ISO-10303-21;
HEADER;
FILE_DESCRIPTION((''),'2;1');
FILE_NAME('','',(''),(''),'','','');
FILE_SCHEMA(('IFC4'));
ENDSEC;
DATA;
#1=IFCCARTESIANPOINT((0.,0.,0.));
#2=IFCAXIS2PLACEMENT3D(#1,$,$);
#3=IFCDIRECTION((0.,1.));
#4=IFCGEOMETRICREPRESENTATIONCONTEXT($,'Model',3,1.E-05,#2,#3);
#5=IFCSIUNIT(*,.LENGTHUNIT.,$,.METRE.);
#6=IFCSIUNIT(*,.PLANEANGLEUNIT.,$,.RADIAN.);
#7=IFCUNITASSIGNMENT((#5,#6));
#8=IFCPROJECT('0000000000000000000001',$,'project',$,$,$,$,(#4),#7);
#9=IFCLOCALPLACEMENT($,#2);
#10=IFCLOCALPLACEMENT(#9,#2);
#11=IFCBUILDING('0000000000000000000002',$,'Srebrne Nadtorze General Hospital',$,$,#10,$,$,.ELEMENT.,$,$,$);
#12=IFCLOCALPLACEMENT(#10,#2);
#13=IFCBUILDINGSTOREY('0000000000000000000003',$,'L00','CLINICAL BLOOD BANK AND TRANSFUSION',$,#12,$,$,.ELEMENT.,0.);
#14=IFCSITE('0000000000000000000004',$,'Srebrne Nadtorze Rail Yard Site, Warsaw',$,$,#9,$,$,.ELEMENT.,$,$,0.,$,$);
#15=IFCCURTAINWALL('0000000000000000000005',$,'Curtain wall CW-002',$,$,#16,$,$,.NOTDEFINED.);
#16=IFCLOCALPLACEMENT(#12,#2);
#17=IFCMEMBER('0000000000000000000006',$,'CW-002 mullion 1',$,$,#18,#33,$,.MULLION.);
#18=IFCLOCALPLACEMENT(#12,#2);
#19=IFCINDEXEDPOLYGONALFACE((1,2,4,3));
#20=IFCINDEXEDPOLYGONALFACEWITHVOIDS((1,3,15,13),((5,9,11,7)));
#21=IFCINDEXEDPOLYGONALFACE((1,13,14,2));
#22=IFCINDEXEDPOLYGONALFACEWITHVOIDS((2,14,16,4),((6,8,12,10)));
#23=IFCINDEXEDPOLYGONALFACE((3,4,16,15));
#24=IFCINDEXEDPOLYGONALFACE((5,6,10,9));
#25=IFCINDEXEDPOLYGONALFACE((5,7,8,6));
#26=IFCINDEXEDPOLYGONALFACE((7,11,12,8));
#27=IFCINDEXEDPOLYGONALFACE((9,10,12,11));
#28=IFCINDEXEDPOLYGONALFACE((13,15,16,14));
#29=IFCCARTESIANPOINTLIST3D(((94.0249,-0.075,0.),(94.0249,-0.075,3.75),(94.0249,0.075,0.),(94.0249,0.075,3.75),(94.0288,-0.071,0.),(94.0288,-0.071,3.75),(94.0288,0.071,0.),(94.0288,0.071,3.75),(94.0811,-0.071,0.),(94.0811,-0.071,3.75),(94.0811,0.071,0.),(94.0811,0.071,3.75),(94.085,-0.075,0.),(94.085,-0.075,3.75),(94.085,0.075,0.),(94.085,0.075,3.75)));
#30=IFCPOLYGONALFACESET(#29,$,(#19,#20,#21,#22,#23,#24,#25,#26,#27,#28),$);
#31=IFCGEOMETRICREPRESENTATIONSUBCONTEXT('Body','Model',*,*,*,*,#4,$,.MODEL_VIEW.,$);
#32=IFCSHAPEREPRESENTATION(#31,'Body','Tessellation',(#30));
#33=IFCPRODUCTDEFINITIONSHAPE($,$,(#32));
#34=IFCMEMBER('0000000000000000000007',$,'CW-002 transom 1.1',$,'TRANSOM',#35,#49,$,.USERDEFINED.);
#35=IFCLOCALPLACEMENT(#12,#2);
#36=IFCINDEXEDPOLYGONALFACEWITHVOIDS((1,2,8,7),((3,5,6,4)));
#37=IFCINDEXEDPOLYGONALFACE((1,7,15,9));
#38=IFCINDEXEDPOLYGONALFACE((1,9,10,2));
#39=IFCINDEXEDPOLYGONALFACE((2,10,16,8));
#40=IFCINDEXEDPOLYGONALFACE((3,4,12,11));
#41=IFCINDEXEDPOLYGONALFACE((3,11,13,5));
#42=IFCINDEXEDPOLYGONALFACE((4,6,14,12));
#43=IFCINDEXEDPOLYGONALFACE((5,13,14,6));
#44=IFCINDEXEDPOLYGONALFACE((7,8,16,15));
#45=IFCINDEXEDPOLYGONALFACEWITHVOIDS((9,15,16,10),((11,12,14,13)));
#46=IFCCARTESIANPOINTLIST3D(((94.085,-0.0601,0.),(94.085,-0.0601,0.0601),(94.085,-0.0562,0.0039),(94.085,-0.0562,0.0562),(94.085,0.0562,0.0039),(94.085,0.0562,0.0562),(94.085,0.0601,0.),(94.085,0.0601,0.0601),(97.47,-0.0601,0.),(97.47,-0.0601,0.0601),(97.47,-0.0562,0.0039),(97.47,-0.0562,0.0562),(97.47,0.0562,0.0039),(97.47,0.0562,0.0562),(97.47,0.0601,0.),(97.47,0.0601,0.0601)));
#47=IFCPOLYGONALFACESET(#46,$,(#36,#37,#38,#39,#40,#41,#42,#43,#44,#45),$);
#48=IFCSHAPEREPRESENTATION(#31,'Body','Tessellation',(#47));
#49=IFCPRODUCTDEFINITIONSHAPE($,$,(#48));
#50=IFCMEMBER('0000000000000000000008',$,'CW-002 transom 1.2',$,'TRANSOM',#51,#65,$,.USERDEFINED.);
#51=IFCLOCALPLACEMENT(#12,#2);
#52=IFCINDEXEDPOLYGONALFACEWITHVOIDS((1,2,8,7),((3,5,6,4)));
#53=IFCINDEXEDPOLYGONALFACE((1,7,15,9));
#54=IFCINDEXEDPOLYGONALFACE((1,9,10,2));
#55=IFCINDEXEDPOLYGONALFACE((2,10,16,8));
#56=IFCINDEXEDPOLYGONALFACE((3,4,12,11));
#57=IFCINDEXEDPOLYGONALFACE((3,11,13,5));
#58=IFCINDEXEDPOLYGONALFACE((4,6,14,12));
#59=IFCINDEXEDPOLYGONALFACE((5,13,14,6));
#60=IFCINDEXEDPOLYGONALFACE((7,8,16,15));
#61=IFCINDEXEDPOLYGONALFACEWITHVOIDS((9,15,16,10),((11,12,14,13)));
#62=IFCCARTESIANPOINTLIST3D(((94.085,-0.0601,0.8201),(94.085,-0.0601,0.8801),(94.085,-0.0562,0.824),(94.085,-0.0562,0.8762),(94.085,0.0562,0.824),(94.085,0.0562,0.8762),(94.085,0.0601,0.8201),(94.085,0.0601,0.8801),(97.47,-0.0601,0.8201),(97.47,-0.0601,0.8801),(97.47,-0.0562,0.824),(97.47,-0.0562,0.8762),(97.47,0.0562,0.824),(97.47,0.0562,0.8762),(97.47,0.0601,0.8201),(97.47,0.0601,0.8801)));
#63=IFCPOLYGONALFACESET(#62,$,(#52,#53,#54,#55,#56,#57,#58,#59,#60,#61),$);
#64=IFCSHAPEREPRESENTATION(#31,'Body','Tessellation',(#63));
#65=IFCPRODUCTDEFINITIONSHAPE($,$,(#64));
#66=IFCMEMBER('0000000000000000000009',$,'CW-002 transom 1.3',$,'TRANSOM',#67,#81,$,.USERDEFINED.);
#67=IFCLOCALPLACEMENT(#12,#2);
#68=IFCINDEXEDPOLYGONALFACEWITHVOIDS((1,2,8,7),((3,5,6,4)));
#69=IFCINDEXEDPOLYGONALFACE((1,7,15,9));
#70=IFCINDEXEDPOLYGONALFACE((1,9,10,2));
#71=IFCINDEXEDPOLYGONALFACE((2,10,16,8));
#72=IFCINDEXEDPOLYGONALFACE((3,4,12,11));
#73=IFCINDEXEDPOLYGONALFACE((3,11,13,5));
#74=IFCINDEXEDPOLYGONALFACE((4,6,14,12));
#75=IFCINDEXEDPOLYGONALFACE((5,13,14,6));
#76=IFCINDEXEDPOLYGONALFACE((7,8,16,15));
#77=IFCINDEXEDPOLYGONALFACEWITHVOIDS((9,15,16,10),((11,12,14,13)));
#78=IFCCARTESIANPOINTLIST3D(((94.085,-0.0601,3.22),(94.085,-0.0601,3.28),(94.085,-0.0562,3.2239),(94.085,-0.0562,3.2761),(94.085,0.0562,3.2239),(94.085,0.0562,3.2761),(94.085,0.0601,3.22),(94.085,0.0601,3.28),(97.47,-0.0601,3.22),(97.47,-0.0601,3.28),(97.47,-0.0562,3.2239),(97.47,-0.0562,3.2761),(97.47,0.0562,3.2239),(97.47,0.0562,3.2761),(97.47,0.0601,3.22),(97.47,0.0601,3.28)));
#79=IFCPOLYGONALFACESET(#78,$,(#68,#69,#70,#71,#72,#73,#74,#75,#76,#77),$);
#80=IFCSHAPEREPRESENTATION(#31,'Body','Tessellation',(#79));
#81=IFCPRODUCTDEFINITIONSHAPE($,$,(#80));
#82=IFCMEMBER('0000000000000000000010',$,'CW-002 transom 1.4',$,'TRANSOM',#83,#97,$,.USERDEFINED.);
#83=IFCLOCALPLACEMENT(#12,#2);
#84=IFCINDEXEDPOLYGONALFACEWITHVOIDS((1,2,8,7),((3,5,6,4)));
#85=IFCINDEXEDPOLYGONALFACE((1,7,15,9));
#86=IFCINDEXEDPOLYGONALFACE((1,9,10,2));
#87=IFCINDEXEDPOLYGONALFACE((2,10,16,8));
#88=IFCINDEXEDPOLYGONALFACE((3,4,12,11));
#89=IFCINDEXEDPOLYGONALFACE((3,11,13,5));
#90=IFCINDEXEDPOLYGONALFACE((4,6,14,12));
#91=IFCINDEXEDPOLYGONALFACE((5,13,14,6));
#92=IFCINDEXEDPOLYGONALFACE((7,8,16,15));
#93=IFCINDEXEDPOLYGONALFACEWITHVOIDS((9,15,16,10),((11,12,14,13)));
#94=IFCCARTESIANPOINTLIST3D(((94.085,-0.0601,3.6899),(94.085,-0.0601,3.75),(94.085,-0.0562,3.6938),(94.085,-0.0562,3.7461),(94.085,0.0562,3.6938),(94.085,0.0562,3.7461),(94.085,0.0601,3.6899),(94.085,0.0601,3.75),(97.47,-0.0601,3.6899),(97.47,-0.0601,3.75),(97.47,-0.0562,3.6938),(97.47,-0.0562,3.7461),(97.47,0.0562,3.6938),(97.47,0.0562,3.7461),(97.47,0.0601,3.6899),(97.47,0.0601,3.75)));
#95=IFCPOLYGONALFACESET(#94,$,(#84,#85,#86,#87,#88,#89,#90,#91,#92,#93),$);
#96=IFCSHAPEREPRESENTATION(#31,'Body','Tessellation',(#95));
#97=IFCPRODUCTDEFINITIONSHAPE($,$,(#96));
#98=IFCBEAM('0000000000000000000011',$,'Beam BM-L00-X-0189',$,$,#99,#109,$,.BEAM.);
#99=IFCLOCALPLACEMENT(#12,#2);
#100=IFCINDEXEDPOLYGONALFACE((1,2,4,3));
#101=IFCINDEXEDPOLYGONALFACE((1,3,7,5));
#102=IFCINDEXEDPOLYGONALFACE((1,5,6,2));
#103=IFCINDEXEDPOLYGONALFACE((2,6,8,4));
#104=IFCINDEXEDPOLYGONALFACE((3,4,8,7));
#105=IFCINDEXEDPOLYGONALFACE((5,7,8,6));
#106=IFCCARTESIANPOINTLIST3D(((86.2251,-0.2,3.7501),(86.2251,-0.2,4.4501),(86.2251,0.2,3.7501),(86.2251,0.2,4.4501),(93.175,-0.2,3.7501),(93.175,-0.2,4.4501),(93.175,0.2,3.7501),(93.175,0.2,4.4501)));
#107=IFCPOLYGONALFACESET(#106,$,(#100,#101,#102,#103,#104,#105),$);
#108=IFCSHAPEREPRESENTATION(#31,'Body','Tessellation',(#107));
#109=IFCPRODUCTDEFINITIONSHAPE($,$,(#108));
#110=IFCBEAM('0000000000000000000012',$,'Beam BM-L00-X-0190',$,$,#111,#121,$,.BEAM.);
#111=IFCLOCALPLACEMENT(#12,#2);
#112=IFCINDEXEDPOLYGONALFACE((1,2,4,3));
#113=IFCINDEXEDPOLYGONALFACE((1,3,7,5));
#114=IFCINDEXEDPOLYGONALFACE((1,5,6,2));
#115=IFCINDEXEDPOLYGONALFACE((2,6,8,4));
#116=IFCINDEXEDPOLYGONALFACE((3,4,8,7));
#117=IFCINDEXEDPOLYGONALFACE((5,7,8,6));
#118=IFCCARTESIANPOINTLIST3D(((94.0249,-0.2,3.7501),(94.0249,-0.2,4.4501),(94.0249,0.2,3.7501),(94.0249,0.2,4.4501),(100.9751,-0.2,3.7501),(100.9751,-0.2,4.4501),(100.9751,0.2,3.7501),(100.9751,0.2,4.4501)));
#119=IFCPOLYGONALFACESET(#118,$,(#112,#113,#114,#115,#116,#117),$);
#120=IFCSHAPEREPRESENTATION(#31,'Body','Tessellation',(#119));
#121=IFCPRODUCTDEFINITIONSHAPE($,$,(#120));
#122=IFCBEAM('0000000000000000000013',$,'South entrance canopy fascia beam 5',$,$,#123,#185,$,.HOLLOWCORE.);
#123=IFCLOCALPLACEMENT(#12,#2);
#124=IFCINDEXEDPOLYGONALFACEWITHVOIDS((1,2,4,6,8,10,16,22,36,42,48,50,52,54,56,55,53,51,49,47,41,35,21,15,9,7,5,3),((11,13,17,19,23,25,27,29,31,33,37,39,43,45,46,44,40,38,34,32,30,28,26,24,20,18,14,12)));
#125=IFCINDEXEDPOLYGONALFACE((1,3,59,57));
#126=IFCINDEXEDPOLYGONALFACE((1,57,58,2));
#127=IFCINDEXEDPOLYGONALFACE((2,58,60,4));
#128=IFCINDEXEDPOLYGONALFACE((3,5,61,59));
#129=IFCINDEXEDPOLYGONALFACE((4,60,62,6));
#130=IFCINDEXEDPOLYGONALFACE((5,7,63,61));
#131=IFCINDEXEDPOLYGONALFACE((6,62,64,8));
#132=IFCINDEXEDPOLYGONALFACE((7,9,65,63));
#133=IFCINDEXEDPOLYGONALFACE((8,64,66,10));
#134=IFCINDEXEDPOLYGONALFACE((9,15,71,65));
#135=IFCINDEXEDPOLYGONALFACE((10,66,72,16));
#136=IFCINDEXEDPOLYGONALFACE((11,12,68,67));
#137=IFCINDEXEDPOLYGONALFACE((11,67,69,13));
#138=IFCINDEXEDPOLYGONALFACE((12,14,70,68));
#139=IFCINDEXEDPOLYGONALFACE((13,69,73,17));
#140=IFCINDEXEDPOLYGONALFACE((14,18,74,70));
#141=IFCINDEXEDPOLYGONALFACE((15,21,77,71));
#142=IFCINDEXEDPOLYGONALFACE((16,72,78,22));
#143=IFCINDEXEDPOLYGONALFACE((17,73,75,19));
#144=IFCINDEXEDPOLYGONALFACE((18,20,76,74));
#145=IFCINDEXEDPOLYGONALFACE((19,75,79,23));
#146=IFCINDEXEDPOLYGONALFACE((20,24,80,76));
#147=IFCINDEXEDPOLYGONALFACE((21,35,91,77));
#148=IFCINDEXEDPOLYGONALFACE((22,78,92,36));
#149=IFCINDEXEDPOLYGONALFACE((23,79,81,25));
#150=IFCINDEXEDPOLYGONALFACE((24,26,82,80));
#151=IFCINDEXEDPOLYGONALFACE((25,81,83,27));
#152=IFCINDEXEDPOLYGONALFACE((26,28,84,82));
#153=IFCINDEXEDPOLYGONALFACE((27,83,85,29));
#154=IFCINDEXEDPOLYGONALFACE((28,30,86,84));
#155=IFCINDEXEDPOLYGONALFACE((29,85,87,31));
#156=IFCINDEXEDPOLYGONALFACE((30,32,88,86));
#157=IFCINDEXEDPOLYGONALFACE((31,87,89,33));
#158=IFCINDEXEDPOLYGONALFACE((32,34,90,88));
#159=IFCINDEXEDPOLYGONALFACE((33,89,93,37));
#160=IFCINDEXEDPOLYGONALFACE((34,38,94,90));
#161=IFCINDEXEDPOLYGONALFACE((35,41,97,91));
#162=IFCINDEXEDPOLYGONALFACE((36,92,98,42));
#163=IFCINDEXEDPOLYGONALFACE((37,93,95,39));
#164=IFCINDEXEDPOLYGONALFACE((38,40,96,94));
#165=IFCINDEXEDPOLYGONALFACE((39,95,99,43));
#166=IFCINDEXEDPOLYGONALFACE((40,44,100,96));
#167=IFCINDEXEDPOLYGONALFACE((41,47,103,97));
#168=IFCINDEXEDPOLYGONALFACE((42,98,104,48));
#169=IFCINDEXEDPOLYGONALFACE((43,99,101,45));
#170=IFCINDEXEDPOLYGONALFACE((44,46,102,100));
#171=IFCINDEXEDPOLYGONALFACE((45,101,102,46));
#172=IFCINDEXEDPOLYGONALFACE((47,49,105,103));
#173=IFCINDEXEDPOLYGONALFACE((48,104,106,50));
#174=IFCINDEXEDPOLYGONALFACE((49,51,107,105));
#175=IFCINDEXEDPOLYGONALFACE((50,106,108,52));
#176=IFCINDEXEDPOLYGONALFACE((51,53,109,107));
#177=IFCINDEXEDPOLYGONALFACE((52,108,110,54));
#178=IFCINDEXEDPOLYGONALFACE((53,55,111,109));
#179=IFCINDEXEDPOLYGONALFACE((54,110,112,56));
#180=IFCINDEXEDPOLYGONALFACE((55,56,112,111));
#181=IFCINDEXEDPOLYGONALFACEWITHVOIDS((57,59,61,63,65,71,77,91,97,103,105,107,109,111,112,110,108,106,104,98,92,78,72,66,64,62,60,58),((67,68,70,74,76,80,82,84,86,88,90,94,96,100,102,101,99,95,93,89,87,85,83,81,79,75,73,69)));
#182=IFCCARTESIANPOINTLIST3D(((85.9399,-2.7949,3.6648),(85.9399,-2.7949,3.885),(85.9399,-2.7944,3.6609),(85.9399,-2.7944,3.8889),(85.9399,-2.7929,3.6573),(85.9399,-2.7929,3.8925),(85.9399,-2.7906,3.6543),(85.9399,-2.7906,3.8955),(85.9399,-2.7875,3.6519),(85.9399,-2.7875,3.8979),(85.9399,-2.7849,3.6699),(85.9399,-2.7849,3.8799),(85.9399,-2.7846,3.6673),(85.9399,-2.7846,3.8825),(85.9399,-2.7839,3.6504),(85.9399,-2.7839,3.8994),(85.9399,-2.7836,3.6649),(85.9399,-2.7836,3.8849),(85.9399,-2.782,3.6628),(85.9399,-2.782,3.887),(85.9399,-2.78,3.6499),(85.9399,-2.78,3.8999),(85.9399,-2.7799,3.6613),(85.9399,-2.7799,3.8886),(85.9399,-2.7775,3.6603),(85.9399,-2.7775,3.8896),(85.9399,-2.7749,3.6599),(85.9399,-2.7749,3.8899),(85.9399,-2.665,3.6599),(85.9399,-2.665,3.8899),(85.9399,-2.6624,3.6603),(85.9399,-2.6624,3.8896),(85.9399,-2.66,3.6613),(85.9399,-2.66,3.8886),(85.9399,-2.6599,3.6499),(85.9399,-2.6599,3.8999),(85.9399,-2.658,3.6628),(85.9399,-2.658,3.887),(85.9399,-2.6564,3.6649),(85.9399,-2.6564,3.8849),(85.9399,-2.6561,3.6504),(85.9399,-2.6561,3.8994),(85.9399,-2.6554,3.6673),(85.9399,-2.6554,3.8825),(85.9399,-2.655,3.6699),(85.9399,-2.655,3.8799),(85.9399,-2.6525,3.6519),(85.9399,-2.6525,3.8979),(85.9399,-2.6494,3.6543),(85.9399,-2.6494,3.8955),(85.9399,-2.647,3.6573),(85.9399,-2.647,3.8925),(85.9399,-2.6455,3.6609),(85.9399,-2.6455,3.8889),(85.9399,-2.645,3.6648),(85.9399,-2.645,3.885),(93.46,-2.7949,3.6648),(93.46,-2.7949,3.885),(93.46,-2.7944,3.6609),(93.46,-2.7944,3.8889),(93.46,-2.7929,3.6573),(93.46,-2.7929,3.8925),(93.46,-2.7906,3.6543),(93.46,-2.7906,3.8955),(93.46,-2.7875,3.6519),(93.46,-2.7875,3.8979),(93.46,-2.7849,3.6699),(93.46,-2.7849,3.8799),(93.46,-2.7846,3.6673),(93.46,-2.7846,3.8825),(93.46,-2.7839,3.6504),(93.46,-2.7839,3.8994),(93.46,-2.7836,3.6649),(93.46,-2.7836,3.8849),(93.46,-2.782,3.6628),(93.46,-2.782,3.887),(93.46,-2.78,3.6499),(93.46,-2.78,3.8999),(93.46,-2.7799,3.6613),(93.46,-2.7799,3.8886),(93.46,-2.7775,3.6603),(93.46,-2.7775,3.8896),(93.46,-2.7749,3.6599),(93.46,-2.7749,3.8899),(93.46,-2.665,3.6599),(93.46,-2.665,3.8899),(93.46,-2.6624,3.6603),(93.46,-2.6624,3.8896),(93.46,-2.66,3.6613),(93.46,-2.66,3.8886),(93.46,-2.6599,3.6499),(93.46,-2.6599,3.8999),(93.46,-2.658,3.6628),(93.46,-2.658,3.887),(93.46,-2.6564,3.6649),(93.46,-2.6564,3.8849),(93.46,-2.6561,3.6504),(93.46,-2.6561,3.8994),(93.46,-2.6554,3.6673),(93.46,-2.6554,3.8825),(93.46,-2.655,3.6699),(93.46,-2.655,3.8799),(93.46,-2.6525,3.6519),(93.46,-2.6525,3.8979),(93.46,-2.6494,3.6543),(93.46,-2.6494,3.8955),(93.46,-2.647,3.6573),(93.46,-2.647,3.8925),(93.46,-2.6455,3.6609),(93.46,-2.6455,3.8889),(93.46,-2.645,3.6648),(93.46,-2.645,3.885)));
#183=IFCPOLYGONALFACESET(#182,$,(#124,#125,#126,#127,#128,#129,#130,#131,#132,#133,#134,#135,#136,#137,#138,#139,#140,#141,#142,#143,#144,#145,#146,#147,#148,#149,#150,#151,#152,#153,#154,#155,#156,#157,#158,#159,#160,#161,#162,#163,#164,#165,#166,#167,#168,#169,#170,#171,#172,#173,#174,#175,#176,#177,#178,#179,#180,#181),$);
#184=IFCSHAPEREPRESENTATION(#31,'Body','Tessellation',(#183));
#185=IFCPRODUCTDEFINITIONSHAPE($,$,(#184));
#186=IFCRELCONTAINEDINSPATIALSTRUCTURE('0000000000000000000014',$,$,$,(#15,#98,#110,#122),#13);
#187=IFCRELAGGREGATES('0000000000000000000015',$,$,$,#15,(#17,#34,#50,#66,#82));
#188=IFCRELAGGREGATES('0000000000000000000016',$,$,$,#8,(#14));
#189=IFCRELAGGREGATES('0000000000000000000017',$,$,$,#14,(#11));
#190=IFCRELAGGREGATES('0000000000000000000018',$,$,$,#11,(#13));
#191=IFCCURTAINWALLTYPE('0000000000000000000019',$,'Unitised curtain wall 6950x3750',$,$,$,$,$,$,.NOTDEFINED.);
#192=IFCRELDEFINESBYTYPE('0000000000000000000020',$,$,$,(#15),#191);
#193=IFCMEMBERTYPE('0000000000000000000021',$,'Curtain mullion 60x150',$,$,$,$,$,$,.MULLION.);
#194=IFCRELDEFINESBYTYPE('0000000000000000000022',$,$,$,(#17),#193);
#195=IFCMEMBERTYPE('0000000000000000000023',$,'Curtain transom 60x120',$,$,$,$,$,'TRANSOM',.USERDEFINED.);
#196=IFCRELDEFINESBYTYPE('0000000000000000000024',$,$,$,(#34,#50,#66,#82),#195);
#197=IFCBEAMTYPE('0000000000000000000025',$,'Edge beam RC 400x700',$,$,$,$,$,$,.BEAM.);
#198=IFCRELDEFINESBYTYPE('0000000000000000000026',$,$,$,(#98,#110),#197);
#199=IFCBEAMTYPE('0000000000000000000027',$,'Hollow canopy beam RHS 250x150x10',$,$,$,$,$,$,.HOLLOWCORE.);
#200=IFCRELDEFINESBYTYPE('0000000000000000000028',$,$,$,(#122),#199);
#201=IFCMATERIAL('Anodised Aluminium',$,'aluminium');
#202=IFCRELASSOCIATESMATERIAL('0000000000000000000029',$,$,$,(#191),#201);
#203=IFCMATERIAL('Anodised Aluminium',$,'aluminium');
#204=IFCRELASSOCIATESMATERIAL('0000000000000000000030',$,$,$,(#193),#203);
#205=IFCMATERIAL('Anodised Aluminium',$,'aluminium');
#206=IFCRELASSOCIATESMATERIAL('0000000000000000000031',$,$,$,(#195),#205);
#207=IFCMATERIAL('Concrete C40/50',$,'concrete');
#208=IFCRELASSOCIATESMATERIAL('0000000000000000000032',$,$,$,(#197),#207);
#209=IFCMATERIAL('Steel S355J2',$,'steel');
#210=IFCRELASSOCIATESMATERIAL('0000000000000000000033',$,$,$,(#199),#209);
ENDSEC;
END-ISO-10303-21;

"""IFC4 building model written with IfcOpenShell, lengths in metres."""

from ifc_helpers import new_model, si_unit, direction, frame, origin, origin_2d, place, context, subcontext, project, spatial, rectangle, hollow_rectangle, extrude, material, material_profile, profile_set, type_object, element, aggregate, save


model = new_model("IFC4")

# Units and contexts
model_context = context("Model", 3, precision=1e-05, world=origin(), true_north=direction((0.0, 1.0)))
body_context = subcontext(model_context, "Body", "Model", "MODEL_VIEW")
ifc_project = project(units=[si_unit("LENGTHUNIT", "METRE"), si_unit("PLANEANGLEUNIT", "RADIAN")], contexts=[model_context])

# Site, building, storey
site_placement = place(None, origin())
site = spatial("IfcSite", under=ifc_project, at=site_placement, Name="Srebrne Nadtorze Rail Yard Site, Warsaw", CompositionType="ELEMENT", RefElevation=0.0)
building_placement = place(site_placement, origin())
building = spatial("IfcBuilding", under=site, at=building_placement, Name="Srebrne Nadtorze General Hospital", CompositionType="ELEMENT")
storey_placement = place(building_placement, origin())
storey = spatial("IfcBuildingStorey", under=building, at=storey_placement, Name="L00", Description="CLINICAL BLOOD BANK AND TRANSFUSION", CompositionType="ELEMENT", Elevation=0.0)

# Curtain wall, members
ifc_material_1 = material(Name="Anodised Aluminium", Category="aluminium")
curtain_wall_type = type_object("IfcCurtainWallType", Name="Unitised curtain wall 6950x3750", PredefinedType="NOTDEFINED", material=ifc_material_1)
curtain_wall_placement = place(storey_placement, origin())
curtain_wall = element("IfcCurtainWall", 1, at=curtain_wall_placement, inside=storey, type_object=curtain_wall_type, Name="Curtain wall CW-002", PredefinedType="NOTDEFINED")
ifc_material_2 = material(Name="Anodised Aluminium", Category="aluminium")
ifc_material_profile_1 = material_profile(ifc_material_2, hollow_rectangle(XDim=0.0601, YDim=0.1499, WallThickness=0.0039, at=origin_2d()), Name="AL-MUL-60x150")
ifc_profile_set_1 = profile_set([ifc_material_profile_1], Name="Anodised Aluminium")
member_type_1 = type_object("IfcMemberType", Name="Curtain mullion 60x150", PredefinedType="MULLION", material=ifc_profile_set_1)
member_1_placement = place(storey_placement, frame((94.0549, 0.0, 0.0), z_axis=(0.0, 0.0, 1.0), x_axis=(1.0, 0.0, 0.0)))
member_1 = element("IfcMember", 2, at=member_1_placement, type_object=member_type_1, Name="CW-002 mullion 1", PredefinedType="MULLION", context=body_context, shape_type="SweptSolid", body=[
    extrude(hollow_rectangle(XDim=0.0601, YDim=0.1499, WallThickness=0.0039, at=origin_2d()), origin(), (0.0, 0.0, 1.0), 3.75),
])
ifc_material_3 = material(Name="Anodised Aluminium", Category="aluminium")
ifc_material_profile_2 = material_profile(ifc_material_3, hollow_rectangle(XDim=0.0601, YDim=0.1201, WallThickness=0.0039, at=origin_2d()), Name="AL-TRN-60x120")
ifc_profile_set_2 = profile_set([ifc_material_profile_2], Name="Anodised Aluminium")
member_type_2 = type_object("IfcMemberType", Name="Curtain transom 60x120", ElementType="TRANSOM", PredefinedType="USERDEFINED", material=ifc_profile_set_2)
member_2_placement = place(storey_placement, frame((94.085, 0.0, 0.03), z_axis=(1.0, 0.0, 0.0), x_axis=(0.0, 0.0, 1.0)))
member_2 = element("IfcMember", 3, at=member_2_placement, type_object=member_type_2, Name="CW-002 transom 1.1", ObjectType="TRANSOM", PredefinedType="USERDEFINED", context=body_context, shape_type="SweptSolid", body=[
    extrude(hollow_rectangle(XDim=0.0601, YDim=0.1201, WallThickness=0.0039, at=origin_2d()), origin(), (0.0, 0.0, 1.0), 3.385),
])
member_3_placement = place(storey_placement, frame((94.085, 0.0, 0.8501), z_axis=(1.0, 0.0, 0.0), x_axis=(0.0, 0.0, 1.0)))
member_3 = element("IfcMember", 4, at=member_3_placement, type_object=member_type_2, Name="CW-002 transom 1.2", ObjectType="TRANSOM", PredefinedType="USERDEFINED", context=body_context, shape_type="SweptSolid", body=[
    extrude(hollow_rectangle(XDim=0.0601, YDim=0.1201, WallThickness=0.0039, at=origin_2d()), origin(), (0.0, 0.0, 1.0), 3.385),
])
member_4_placement = place(storey_placement, frame((94.085, 0.0, 3.25), z_axis=(1.0, 0.0, 0.0), x_axis=(0.0, 0.0, 1.0)))
member_4 = element("IfcMember", 5, at=member_4_placement, type_object=member_type_2, Name="CW-002 transom 1.3", ObjectType="TRANSOM", PredefinedType="USERDEFINED", context=body_context, shape_type="SweptSolid", body=[
    extrude(hollow_rectangle(XDim=0.0601, YDim=0.1201, WallThickness=0.0039, at=origin_2d()), origin(), (0.0, 0.0, 1.0), 3.385),
])
member_5_placement = place(storey_placement, frame((94.085, 0.0, 3.72), z_axis=(1.0, 0.0, 0.0), x_axis=(0.0, 0.0, 1.0)))
member_5 = element("IfcMember", 6, at=member_5_placement, type_object=member_type_2, Name="CW-002 transom 1.4", ObjectType="TRANSOM", PredefinedType="USERDEFINED", context=body_context, shape_type="SweptSolid", body=[
    extrude(hollow_rectangle(XDim=0.0601, YDim=0.1201, WallThickness=0.0039, at=origin_2d()), origin(), (0.0, 0.0, 1.0), 3.385),
])

# Beams
ifc_material_4 = material(Name="Concrete C40/50", Category="concrete")
ifc_material_profile_3 = material_profile(ifc_material_4, rectangle(XDim=0.3999, YDim=0.7, at=origin_2d()), Name="RC-BM-400x700")
ifc_profile_set_3 = profile_set([ifc_material_profile_3], Name="Concrete C40/50")
beam_type_1 = type_object("IfcBeamType", Name="Edge beam RC 400x700", PredefinedType="BEAM", material=ifc_profile_set_3)
beam_1_placement = place(storey_placement, frame((86.2251, 0.0, 4.1001), z_axis=(1.0, 0.0, 0.0), x_axis=(0.0, 1.0, 0.0)))
element("IfcBeam", 7, at=beam_1_placement, inside=storey, type_object=beam_type_1, Name="Beam BM-L00-X-0189", PredefinedType="BEAM", context=body_context, shape_type="SweptSolid", body=[
    extrude(rectangle(XDim=0.3999, YDim=0.7, at=origin_2d()), origin(), (0.0, 0.0, 1.0), 6.95),
])
beam_2_placement = place(storey_placement, frame((94.0249, 0.0, 4.1001), z_axis=(1.0, 0.0, 0.0), x_axis=(0.0, 1.0, 0.0)))
element("IfcBeam", 8, at=beam_2_placement, inside=storey, type_object=beam_type_1, Name="Beam BM-L00-X-0190", PredefinedType="BEAM", context=body_context, shape_type="SweptSolid", body=[
    extrude(rectangle(XDim=0.3999, YDim=0.7, at=origin_2d()), origin(), (0.0, 0.0, 1.0), 6.9502),
])
ifc_material_5 = material(Name="Steel S355J2", Category="steel")
ifc_material_profile_4 = material_profile(ifc_material_5, hollow_rectangle(XDim=0.1499, YDim=0.25, WallThickness=0.01, InnerFilletRadius=0.01, OuterFilletRadius=0.0149, at=origin_2d()), Name="RHS-250x150x10")
ifc_profile_set_4 = profile_set([ifc_material_profile_4], Name="Steel S355J2")
beam_type_2 = type_object("IfcBeamType", Name="Hollow canopy beam RHS 250x150x10", PredefinedType="HOLLOWCORE", material=ifc_profile_set_4)
for number, where, z_axis, x_axis, name in (
    (9, (85.9399, -2.72, 3.7749), (1.0, 0.0, 0.0), (0.0, 1.0, 0.0), "South entrance canopy fascia beam 5"),
):
    element("IfcBeam", number, at=place(storey_placement, frame(where, z_axis=z_axis, x_axis=x_axis)), inside=storey, type_object=beam_type_2, Name=name, PredefinedType="HOLLOWCORE", context=body_context, shape_type="SweptSolid", body=[
        extrude(hollow_rectangle(XDim=0.1499, YDim=0.25, WallThickness=0.01, InnerFilletRadius=0.01, OuterFilletRadius=0.0149, at=origin_2d()), origin(), (0.0, 0.0, 1.0), 7.52),
    ])

aggregate(curtain_wall, [member_1, member_2, member_3, member_4, member_5])

save(model, "model.ifc")
